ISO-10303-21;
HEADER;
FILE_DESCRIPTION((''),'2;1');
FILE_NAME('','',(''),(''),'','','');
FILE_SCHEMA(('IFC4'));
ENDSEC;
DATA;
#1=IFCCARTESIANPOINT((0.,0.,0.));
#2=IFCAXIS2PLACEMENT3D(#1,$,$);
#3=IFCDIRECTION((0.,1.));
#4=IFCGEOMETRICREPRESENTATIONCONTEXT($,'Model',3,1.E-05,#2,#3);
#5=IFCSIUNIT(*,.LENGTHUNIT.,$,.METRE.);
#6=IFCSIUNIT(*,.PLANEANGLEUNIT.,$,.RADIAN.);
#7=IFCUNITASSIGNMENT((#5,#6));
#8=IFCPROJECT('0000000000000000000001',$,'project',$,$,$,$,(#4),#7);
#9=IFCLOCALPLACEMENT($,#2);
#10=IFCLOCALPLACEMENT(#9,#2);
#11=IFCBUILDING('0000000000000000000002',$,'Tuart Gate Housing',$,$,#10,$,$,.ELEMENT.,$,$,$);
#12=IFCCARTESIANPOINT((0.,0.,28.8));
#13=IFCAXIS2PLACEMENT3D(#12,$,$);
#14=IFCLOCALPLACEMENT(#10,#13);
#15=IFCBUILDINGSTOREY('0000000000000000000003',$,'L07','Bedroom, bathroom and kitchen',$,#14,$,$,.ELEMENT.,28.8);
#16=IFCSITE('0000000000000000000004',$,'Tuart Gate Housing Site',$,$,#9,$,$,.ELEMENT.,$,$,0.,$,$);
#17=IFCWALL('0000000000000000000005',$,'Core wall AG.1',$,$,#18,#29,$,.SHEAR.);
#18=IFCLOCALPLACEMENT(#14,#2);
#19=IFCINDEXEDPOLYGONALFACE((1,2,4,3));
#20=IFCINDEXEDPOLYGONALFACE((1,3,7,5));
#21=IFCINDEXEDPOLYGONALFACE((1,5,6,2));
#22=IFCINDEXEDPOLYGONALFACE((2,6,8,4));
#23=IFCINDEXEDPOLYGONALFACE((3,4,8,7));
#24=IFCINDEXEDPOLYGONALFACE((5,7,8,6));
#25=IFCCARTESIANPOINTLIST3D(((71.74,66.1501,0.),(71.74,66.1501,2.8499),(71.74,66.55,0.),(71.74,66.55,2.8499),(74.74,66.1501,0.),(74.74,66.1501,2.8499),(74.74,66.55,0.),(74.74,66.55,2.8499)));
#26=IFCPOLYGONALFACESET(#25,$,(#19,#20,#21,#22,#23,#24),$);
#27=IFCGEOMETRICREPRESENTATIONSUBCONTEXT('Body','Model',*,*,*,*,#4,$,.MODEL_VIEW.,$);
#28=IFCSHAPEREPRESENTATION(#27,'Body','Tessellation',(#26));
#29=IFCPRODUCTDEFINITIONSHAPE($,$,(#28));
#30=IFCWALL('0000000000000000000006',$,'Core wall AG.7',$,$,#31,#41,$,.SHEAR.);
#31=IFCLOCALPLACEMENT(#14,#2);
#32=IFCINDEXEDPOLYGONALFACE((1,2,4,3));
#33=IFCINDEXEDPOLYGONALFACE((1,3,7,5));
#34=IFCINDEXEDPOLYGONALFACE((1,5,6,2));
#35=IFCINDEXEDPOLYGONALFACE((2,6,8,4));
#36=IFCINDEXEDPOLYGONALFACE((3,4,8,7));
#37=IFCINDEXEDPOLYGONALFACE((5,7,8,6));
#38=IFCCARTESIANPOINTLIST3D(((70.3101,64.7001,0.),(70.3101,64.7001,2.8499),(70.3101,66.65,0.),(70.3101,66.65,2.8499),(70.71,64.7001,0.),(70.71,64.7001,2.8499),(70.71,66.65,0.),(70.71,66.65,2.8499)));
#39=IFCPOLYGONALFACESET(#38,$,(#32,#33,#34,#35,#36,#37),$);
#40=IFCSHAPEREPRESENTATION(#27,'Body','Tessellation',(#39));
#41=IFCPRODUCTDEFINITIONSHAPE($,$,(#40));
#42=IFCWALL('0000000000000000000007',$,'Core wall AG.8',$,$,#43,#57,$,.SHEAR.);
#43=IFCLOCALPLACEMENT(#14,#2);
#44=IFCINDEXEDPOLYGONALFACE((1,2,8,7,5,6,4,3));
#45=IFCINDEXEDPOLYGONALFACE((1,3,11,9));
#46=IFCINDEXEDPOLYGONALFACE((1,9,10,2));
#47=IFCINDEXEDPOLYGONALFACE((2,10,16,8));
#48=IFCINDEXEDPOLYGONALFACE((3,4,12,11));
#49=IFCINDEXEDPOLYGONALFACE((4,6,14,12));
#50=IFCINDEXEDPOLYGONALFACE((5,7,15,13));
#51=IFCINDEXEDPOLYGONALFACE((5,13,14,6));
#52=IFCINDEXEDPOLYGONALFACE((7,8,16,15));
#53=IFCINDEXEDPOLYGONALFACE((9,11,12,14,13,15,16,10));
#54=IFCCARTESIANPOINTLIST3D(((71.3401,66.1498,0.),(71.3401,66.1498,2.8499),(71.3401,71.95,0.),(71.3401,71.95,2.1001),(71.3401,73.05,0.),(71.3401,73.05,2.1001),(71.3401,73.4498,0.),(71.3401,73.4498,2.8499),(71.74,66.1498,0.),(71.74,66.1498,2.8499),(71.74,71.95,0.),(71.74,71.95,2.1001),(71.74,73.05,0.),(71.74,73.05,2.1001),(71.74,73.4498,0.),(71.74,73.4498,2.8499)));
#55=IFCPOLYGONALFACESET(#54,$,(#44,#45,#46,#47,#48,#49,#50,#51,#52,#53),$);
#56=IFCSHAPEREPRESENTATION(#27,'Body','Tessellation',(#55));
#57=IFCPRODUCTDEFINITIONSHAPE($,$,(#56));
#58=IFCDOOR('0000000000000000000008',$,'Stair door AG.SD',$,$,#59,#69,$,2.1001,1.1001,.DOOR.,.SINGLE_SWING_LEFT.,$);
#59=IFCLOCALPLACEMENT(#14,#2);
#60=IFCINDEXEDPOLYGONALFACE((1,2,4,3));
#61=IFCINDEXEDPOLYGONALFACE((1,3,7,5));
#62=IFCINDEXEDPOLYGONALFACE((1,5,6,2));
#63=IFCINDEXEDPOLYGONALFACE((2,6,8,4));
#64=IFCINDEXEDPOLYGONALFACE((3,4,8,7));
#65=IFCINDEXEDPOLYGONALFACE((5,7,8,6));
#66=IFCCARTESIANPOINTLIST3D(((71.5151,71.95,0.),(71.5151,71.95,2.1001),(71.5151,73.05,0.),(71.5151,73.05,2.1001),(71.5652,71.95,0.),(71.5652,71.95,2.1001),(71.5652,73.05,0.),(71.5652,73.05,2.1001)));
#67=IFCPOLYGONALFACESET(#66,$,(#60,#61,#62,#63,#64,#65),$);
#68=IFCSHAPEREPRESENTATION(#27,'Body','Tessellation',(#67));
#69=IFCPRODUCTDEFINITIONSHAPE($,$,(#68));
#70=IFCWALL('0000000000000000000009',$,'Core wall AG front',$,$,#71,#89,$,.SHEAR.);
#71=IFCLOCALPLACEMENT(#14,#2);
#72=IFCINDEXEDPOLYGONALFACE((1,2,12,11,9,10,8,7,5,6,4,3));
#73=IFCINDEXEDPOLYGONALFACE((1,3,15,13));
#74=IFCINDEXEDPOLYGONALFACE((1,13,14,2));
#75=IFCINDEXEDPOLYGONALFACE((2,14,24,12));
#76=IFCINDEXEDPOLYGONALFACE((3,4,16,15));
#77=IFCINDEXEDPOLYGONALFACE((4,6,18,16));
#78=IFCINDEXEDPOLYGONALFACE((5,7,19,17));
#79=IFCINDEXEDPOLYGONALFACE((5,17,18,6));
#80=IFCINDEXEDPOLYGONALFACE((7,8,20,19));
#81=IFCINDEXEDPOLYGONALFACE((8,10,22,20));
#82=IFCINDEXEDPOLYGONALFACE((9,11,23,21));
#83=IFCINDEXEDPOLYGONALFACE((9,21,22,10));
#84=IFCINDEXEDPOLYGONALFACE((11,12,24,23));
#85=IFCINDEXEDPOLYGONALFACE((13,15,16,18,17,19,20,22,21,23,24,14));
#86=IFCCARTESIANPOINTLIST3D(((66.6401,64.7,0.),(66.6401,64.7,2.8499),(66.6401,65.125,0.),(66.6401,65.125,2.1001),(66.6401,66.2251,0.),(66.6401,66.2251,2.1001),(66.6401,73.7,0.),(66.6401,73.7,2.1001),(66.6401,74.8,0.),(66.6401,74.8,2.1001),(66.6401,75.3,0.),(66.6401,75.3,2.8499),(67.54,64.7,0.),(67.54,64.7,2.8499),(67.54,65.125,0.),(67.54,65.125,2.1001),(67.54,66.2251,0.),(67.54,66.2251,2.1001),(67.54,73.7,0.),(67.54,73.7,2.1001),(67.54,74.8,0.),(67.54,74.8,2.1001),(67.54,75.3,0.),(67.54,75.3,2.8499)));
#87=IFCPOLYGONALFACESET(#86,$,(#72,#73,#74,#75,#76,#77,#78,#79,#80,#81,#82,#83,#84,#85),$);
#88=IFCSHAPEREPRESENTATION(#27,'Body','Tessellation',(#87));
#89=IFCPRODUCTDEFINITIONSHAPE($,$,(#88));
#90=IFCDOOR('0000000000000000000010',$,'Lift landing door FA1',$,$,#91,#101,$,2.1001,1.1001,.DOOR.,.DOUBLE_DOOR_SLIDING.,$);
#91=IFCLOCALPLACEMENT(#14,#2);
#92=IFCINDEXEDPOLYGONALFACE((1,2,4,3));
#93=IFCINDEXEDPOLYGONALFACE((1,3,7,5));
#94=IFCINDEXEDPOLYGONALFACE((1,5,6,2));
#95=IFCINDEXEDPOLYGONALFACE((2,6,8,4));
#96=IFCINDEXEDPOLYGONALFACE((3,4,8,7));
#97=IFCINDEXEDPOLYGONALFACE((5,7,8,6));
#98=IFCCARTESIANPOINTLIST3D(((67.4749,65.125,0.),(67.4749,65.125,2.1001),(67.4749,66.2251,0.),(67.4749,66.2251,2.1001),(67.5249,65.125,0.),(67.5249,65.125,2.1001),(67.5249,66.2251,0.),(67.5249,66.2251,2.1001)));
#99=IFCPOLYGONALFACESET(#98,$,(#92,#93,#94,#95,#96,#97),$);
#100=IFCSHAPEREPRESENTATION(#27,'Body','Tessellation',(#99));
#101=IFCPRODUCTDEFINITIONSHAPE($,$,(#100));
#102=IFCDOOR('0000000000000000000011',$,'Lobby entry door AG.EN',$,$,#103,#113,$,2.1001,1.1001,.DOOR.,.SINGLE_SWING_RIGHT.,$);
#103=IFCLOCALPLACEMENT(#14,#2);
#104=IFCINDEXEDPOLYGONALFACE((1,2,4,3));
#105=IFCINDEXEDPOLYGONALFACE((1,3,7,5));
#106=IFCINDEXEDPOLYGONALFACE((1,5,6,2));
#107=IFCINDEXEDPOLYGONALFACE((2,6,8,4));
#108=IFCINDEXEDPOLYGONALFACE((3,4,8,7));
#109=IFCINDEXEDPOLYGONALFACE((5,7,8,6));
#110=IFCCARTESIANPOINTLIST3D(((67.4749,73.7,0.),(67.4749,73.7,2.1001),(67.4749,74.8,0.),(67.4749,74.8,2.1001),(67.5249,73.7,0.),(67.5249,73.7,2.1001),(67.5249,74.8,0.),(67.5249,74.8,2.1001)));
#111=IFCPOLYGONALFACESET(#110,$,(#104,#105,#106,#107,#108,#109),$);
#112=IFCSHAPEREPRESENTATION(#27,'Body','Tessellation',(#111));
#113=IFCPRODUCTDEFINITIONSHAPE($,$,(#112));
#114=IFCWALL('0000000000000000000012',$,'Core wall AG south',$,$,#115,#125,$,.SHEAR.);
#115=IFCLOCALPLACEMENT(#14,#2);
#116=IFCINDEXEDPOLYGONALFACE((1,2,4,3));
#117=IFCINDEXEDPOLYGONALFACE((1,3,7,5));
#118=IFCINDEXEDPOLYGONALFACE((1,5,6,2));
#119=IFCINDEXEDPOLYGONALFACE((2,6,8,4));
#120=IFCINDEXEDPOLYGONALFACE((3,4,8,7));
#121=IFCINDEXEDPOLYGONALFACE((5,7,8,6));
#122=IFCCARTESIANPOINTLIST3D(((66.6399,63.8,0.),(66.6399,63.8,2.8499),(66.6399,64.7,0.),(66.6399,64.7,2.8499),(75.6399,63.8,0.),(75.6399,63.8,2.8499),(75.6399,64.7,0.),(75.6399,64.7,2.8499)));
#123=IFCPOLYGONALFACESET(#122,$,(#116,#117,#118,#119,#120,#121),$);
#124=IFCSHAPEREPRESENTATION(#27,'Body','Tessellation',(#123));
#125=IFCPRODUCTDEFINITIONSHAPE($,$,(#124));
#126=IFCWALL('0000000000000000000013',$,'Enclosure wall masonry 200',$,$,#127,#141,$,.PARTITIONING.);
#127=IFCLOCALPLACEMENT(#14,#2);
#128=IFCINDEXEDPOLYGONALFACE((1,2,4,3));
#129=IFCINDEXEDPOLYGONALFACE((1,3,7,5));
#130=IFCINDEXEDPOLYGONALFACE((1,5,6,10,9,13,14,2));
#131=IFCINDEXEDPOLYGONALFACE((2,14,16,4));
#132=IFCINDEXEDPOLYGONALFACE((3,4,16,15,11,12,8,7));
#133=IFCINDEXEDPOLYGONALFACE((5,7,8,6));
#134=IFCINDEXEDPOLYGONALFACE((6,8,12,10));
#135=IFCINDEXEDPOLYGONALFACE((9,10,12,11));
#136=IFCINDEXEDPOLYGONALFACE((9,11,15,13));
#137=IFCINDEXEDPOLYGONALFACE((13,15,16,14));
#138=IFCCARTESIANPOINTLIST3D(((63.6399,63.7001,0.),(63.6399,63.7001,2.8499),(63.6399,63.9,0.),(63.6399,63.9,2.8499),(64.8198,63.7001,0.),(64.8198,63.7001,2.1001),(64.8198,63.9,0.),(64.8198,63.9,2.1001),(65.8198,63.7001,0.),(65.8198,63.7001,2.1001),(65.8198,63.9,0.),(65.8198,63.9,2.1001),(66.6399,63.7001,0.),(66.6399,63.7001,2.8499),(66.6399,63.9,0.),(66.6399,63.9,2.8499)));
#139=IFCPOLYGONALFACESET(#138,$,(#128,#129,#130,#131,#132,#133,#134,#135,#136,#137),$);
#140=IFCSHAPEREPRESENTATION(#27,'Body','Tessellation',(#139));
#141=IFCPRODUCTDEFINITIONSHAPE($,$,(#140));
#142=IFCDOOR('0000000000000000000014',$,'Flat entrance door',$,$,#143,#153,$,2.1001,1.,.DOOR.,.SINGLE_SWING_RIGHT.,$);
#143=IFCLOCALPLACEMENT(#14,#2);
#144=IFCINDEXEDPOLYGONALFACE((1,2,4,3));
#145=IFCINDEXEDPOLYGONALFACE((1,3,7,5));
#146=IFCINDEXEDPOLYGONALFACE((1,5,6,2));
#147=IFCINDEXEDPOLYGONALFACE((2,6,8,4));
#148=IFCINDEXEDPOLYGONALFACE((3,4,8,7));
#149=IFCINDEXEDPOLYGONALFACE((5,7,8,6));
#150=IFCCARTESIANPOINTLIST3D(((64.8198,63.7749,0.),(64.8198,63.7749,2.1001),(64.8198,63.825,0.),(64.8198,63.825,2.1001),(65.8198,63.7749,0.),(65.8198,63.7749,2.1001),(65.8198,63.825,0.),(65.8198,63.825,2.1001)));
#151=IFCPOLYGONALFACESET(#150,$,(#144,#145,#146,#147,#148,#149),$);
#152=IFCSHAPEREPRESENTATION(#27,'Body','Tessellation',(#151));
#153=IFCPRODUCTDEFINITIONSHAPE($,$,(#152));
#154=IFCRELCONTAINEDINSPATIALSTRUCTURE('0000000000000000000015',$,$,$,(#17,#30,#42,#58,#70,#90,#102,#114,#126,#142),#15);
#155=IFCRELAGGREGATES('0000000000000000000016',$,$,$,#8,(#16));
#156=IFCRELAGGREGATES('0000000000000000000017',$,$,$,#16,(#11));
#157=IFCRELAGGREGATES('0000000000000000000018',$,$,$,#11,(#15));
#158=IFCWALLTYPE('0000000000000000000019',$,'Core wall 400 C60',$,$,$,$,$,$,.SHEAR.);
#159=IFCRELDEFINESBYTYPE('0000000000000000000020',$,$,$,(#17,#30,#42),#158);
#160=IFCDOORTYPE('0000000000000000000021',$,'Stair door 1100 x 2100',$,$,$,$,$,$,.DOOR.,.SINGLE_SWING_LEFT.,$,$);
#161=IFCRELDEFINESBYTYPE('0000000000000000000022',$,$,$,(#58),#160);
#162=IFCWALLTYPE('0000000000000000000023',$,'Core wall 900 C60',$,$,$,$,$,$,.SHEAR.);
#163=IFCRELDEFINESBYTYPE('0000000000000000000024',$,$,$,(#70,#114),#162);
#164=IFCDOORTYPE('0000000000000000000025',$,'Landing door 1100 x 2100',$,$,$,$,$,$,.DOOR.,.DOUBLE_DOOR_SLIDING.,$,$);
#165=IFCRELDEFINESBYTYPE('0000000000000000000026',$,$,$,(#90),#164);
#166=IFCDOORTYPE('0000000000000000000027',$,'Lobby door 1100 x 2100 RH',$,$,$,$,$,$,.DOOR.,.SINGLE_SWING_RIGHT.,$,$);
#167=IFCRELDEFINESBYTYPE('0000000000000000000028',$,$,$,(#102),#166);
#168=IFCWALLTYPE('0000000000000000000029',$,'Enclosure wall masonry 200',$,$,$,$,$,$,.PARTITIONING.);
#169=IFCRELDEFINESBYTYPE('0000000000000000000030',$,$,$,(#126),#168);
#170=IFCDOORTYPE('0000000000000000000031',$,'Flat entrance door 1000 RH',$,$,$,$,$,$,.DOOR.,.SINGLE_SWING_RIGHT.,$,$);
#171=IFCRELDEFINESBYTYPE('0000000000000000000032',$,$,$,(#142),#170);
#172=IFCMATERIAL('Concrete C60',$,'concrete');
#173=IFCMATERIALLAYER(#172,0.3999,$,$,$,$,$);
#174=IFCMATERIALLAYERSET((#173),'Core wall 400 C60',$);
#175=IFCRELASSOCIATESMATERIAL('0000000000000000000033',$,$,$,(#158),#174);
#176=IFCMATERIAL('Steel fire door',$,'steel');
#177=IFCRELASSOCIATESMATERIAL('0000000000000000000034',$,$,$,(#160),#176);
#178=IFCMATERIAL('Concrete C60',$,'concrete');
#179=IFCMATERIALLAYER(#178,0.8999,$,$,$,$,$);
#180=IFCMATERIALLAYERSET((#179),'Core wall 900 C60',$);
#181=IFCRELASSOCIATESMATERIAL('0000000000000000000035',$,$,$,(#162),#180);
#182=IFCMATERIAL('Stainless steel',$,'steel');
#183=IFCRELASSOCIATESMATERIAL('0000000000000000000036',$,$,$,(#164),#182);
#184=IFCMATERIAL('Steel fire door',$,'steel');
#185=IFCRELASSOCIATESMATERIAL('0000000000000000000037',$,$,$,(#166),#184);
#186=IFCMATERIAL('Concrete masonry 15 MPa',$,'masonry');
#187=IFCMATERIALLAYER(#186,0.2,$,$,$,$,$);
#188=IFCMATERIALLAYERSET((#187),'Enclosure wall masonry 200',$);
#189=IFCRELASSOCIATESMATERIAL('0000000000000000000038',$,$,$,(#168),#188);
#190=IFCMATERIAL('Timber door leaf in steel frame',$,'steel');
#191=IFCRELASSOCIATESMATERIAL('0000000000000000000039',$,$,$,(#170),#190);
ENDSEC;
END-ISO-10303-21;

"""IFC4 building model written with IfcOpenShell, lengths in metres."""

from ifc_helpers import new_model, si_unit, direction, frame, frame_2d, origin, place, context, subcontext, project, spatial, rectangle, extrude, material, layer, layer_set, type_object, element, fill, save


model = new_model("IFC4")

# Units and contexts
model_context = context("Model", 3, precision=1e-05, world=origin(), true_north=direction((0.0, 1.0)))
body_context = subcontext(model_context, "Body", "Model", "MODEL_VIEW")
ifc_project = project(units=[si_unit("LENGTHUNIT", "METRE"), si_unit("PLANEANGLEUNIT", "RADIAN")], contexts=[model_context])

# Site, building, storey
site_placement = place(None, origin())
site = spatial("IfcSite", under=ifc_project, at=site_placement, Name="Tuart Gate Housing Site", CompositionType="ELEMENT", RefElevation=0.0)
building_placement = place(site_placement, origin())
building = spatial("IfcBuilding", under=site, at=building_placement, Name="Tuart Gate Housing", CompositionType="ELEMENT")
storey_placement = place(building_placement, frame((0.0, 0.0, 28.8)))
storey = spatial("IfcBuildingStorey", under=building, at=storey_placement, Name="L07", Description="Bedroom, bathroom and kitchen", CompositionType="ELEMENT", Elevation=28.8)

# Walls
ifc_material_1 = material(Name="Concrete C60", Category="concrete")
ifc_layer_1 = layer(ifc_material_1, 0.3999)
ifc_layer_set_1 = layer_set([ifc_layer_1], Name="Core wall 400 C60")
wall_type_1 = type_object("IfcWallType", Name="Core wall 400 C60", PredefinedType="SHEAR", material=ifc_layer_set_1)
wall_1_placement = place(storey_placement, frame((71.74, 66.3501, 0.0), z_axis=(0.0, 0.0, 1.0), x_axis=(1.0, 0.0, 0.0)))
element("IfcWall", 1, at=wall_1_placement, inside=storey, type_object=wall_type_1, Name="Core wall AG.1", PredefinedType="SHEAR", context=body_context, shape_type="SweptSolid", body=[
    extrude(rectangle(XDim=3.0, YDim=0.3999, at=frame_2d((1.5, 0.0))), origin(), (0.0, 0.0, 1.0), 2.8499),
])
wall_2_placement = place(storey_placement, frame((70.51, 64.7, 0.0), z_axis=(0.0, 0.0, 1.0), x_axis=(0.0, 1.0, 0.0)))
element("IfcWall", 2, at=wall_2_placement, inside=storey, type_object=wall_type_1, Name="Core wall AG.7", PredefinedType="SHEAR", context=body_context, shape_type="SweptSolid", body=[
    extrude(rectangle(XDim=1.95, YDim=0.3999, at=frame_2d((0.9751, 0.0))), origin(), (0.0, 0.0, 1.0), 2.8499),
])

# Wall, opening, door
wall_3_placement = place(storey_placement, frame((71.54, 66.1499, 0.0), z_axis=(0.0, 0.0, 1.0), x_axis=(0.0, 1.0, 0.0)))
wall_3 = element("IfcWall", 3, at=wall_3_placement, inside=storey, type_object=wall_type_1, Name="Core wall AG.8", PredefinedType="SHEAR", context=body_context, shape_type="SweptSolid", body=[
    extrude(rectangle(XDim=7.3, YDim=0.3999, at=frame_2d((3.6499, 0.0))), origin(), (0.0, 0.0, 1.0), 2.8499),
])
opening_1_placement = place(wall_3_placement, frame((5.8, 0.0, 0.0)))
opening_1 = element("IfcOpeningElement", 4, at=opening_1_placement, cuts=wall_3, PredefinedType="OPENING", context=body_context, shape_type="SweptSolid", body=[
    extrude(rectangle(XDim=1.1001, YDim=2.1001, at=frame_2d((0.55, 1.05))), frame((0.0, 0.21, 0.0), z_axis=(0.0, -1.0, 0.0), x_axis=(1.0, 0.0, 0.0)), (0.0, 0.0, 1.0), 0.4199),
])
ifc_material_2 = material(Name="Steel fire door", Category="steel")
door_type_1 = type_object("IfcDoorType", Name="Stair door 1100 x 2100", OperationType="SINGLE_SWING_LEFT", PredefinedType="DOOR", material=ifc_material_2)
door_1_placement = place(opening_1_placement, frame((1.1001, 0.0, 0.0), z_axis=(0.0, 0.0, 1.0), x_axis=(-1.0, 0.0, 0.0)))
door_1 = element("IfcDoor", 5, at=door_1_placement, inside=storey, type_object=door_type_1, Name="Stair door AG.SD", OperationType="SINGLE_SWING_LEFT", OverallHeight=2.1001, OverallWidth=1.1001, PredefinedType="DOOR", context=body_context, shape_type="SweptSolid", body=[
    extrude(rectangle(XDim=1.1001, YDim=2.1001, at=frame_2d((0.55, 1.05))), frame((0.0, 0.0251, 0.0), z_axis=(0.0, -1.0, 0.0), x_axis=(1.0, 0.0, 0.0)), (0.0, 0.0, 1.0), 0.05),
])
fill(opening_1, door_1)

# Wall, openings, doors
ifc_material_3 = material(Name="Concrete C60", Category="concrete")
ifc_layer_2 = layer(ifc_material_3, 0.8999)
ifc_layer_set_2 = layer_set([ifc_layer_2], Name="Core wall 900 C60")
wall_type_2 = type_object("IfcWallType", Name="Core wall 900 C60", PredefinedType="SHEAR", material=ifc_layer_set_2)
wall_4_placement = place(storey_placement, frame((67.0901, 64.7, 0.0), z_axis=(0.0, 0.0, 1.0), x_axis=(0.0, 1.0, 0.0)))
wall_4 = element("IfcWall", 6, at=wall_4_placement, inside=storey, type_object=wall_type_2, Name="Core wall AG front", PredefinedType="SHEAR", context=body_context, shape_type="SweptSolid", body=[
    extrude(rectangle(XDim=10.6001, YDim=0.8999, at=frame_2d((5.3, 0.0))), origin(), (0.0, 0.0, 1.0), 2.8499),
])
opening_2_placement = place(wall_4_placement, frame((0.425, 0.0, 0.0)))
opening_2 = element("IfcOpeningElement", 7, at=opening_2_placement, cuts=wall_4, PredefinedType="OPENING", context=body_context, shape_type="SweptSolid", body=[
    extrude(rectangle(XDim=1.1001, YDim=2.1001, at=frame_2d((0.55, 1.05))), frame((0.0, 0.46, 0.0), z_axis=(0.0, -1.0, 0.0), x_axis=(1.0, 0.0, 0.0)), (0.0, 0.0, 1.0), 0.9199),
])
opening_3_placement = place(wall_4_placement, frame((9.0, 0.0, 0.0)))
opening_3 = element("IfcOpeningElement", 8, at=opening_3_placement, cuts=wall_4, PredefinedType="OPENING", context=body_context, shape_type="SweptSolid", body=[
    extrude(rectangle(XDim=1.1001, YDim=2.1001, at=frame_2d((0.55, 1.05))), frame((0.0, 0.46, 0.0), z_axis=(0.0, -1.0, 0.0), x_axis=(1.0, 0.0, 0.0)), (0.0, 0.0, 1.0), 0.9199),
])
ifc_material_4 = material(Name="Stainless steel", Category="steel")
door_type_2 = type_object("IfcDoorType", Name="Landing door 1100 x 2100", OperationType="DOUBLE_DOOR_SLIDING", PredefinedType="DOOR", material=ifc_material_4)
door_2_placement = place(opening_2_placement, origin())
door_2 = element("IfcDoor", 9, at=door_2_placement, inside=storey, type_object=door_type_2, Name="Lift landing door FA1", OperationType="DOUBLE_DOOR_SLIDING", OverallHeight=2.1001, OverallWidth=1.1001, PredefinedType="DOOR", context=body_context, shape_type="SweptSolid", body=[
    extrude(rectangle(XDim=1.1001, YDim=2.1001, at=frame_2d((0.55, 1.05))), frame((0.0, -0.3848, 0.0), z_axis=(0.0, -1.0, 0.0), x_axis=(1.0, 0.0, 0.0)), (0.0, 0.0, 1.0), 0.05),
])
fill(opening_2, door_2)
ifc_material_5 = material(Name="Steel fire door", Category="steel")
door_type_3 = type_object("IfcDoorType", Name="Lobby door 1100 x 2100 RH", OperationType="SINGLE_SWING_RIGHT", PredefinedType="DOOR", material=ifc_material_5)
door_3_placement = place(opening_3_placement, frame((1.1001, 0.0, 0.0), z_axis=(0.0, 0.0, 1.0), x_axis=(-1.0, 0.0, 0.0)))
door_3 = element("IfcDoor", 10, at=door_3_placement, inside=storey, type_object=door_type_3, Name="Lobby entry door AG.EN", OperationType="SINGLE_SWING_RIGHT", OverallHeight=2.1001, OverallWidth=1.1001, PredefinedType="DOOR", context=body_context, shape_type="SweptSolid", body=[
    extrude(rectangle(XDim=1.1001, YDim=2.1001, at=frame_2d((0.55, 1.05))), frame((0.0, 0.4348, 0.0), z_axis=(0.0, -1.0, 0.0), x_axis=(1.0, 0.0, 0.0)), (0.0, 0.0, 1.0), 0.05),
])
fill(opening_3, door_3)

# Wall
wall_5_placement = place(storey_placement, frame((66.6399, 64.25, 0.0), z_axis=(0.0, 0.0, 1.0), x_axis=(1.0, 0.0, 0.0)))
element("IfcWall", 11, at=wall_5_placement, inside=storey, type_object=wall_type_2, Name="Core wall AG south", PredefinedType="SHEAR", context=body_context, shape_type="SweptSolid", body=[
    extrude(rectangle(XDim=9.0, YDim=0.8999, at=frame_2d((4.5, 0.0))), origin(), (0.0, 0.0, 1.0), 2.8499),
])

# Wall, opening, door
ifc_material_6 = material(Name="Concrete masonry 15 MPa", Category="masonry")
ifc_layer_3 = layer(ifc_material_6, 0.2)
ifc_layer_set_3 = layer_set([ifc_layer_3], Name="Enclosure wall masonry 200")
wall_type_3 = type_object("IfcWallType", Name="Enclosure wall masonry 200", PredefinedType="PARTITIONING", material=ifc_layer_set_3)
wall_6_placement = place(storey_placement, frame((63.6399, 63.8, 0.0), z_axis=(0.0, 0.0, 1.0), x_axis=(1.0, 0.0, 0.0)))
wall_6 = element("IfcWall", 12, at=wall_6_placement, inside=storey, type_object=wall_type_3, Name="Enclosure wall masonry 200", PredefinedType="PARTITIONING", context=body_context, shape_type="SweptSolid", body=[
    extrude(rectangle(XDim=3.0, YDim=0.2, at=frame_2d((1.5, 0.0))), origin(), (0.0, 0.0, 1.0), 2.8499),
])
opening_4_placement = place(wall_6_placement, frame((1.1799, 0.0, 0.0)))
opening_4 = element("IfcOpeningElement", 13, at=opening_4_placement, cuts=wall_6, PredefinedType="OPENING", context=body_context, shape_type="SweptSolid", body=[
    extrude(rectangle(XDim=1.0, YDim=2.1001, at=frame_2d((0.5, 1.05))), frame((0.0, 0.1099, 0.0), z_axis=(0.0, -1.0, 0.0), x_axis=(1.0, 0.0, 0.0)), (0.0, 0.0, 1.0), 0.22),
])
ifc_material_7 = material(Name="Timber door leaf in steel frame", Category="steel")
door_type_4 = type_object("IfcDoorType", Name="Flat entrance door 1000 RH", OperationType="SINGLE_SWING_RIGHT", PredefinedType="DOOR", material=ifc_material_7)
door_4_placement = place(opening_4_placement, frame((1.0, 0.0, 0.0), z_axis=(0.0, 0.0, 1.0), x_axis=(-1.0, 0.0, 0.0)))
door_4 = element("IfcDoor", 14, at=door_4_placement, inside=storey, type_object=door_type_4, Name="Flat entrance door", OperationType="SINGLE_SWING_RIGHT", OverallHeight=2.1001, OverallWidth=1.0, PredefinedType="DOOR", context=body_context, shape_type="SweptSolid", body=[
    extrude(rectangle(XDim=1.0, YDim=2.1001, at=frame_2d((0.5, 1.05))), frame((0.0, 0.0251, 0.0), z_axis=(0.0, -1.0, 0.0), x_axis=(1.0, 0.0, 0.0)), (0.0, 0.0, 1.0), 0.05),
])
fill(opening_4, door_4)

save(model, "model.ifc")
